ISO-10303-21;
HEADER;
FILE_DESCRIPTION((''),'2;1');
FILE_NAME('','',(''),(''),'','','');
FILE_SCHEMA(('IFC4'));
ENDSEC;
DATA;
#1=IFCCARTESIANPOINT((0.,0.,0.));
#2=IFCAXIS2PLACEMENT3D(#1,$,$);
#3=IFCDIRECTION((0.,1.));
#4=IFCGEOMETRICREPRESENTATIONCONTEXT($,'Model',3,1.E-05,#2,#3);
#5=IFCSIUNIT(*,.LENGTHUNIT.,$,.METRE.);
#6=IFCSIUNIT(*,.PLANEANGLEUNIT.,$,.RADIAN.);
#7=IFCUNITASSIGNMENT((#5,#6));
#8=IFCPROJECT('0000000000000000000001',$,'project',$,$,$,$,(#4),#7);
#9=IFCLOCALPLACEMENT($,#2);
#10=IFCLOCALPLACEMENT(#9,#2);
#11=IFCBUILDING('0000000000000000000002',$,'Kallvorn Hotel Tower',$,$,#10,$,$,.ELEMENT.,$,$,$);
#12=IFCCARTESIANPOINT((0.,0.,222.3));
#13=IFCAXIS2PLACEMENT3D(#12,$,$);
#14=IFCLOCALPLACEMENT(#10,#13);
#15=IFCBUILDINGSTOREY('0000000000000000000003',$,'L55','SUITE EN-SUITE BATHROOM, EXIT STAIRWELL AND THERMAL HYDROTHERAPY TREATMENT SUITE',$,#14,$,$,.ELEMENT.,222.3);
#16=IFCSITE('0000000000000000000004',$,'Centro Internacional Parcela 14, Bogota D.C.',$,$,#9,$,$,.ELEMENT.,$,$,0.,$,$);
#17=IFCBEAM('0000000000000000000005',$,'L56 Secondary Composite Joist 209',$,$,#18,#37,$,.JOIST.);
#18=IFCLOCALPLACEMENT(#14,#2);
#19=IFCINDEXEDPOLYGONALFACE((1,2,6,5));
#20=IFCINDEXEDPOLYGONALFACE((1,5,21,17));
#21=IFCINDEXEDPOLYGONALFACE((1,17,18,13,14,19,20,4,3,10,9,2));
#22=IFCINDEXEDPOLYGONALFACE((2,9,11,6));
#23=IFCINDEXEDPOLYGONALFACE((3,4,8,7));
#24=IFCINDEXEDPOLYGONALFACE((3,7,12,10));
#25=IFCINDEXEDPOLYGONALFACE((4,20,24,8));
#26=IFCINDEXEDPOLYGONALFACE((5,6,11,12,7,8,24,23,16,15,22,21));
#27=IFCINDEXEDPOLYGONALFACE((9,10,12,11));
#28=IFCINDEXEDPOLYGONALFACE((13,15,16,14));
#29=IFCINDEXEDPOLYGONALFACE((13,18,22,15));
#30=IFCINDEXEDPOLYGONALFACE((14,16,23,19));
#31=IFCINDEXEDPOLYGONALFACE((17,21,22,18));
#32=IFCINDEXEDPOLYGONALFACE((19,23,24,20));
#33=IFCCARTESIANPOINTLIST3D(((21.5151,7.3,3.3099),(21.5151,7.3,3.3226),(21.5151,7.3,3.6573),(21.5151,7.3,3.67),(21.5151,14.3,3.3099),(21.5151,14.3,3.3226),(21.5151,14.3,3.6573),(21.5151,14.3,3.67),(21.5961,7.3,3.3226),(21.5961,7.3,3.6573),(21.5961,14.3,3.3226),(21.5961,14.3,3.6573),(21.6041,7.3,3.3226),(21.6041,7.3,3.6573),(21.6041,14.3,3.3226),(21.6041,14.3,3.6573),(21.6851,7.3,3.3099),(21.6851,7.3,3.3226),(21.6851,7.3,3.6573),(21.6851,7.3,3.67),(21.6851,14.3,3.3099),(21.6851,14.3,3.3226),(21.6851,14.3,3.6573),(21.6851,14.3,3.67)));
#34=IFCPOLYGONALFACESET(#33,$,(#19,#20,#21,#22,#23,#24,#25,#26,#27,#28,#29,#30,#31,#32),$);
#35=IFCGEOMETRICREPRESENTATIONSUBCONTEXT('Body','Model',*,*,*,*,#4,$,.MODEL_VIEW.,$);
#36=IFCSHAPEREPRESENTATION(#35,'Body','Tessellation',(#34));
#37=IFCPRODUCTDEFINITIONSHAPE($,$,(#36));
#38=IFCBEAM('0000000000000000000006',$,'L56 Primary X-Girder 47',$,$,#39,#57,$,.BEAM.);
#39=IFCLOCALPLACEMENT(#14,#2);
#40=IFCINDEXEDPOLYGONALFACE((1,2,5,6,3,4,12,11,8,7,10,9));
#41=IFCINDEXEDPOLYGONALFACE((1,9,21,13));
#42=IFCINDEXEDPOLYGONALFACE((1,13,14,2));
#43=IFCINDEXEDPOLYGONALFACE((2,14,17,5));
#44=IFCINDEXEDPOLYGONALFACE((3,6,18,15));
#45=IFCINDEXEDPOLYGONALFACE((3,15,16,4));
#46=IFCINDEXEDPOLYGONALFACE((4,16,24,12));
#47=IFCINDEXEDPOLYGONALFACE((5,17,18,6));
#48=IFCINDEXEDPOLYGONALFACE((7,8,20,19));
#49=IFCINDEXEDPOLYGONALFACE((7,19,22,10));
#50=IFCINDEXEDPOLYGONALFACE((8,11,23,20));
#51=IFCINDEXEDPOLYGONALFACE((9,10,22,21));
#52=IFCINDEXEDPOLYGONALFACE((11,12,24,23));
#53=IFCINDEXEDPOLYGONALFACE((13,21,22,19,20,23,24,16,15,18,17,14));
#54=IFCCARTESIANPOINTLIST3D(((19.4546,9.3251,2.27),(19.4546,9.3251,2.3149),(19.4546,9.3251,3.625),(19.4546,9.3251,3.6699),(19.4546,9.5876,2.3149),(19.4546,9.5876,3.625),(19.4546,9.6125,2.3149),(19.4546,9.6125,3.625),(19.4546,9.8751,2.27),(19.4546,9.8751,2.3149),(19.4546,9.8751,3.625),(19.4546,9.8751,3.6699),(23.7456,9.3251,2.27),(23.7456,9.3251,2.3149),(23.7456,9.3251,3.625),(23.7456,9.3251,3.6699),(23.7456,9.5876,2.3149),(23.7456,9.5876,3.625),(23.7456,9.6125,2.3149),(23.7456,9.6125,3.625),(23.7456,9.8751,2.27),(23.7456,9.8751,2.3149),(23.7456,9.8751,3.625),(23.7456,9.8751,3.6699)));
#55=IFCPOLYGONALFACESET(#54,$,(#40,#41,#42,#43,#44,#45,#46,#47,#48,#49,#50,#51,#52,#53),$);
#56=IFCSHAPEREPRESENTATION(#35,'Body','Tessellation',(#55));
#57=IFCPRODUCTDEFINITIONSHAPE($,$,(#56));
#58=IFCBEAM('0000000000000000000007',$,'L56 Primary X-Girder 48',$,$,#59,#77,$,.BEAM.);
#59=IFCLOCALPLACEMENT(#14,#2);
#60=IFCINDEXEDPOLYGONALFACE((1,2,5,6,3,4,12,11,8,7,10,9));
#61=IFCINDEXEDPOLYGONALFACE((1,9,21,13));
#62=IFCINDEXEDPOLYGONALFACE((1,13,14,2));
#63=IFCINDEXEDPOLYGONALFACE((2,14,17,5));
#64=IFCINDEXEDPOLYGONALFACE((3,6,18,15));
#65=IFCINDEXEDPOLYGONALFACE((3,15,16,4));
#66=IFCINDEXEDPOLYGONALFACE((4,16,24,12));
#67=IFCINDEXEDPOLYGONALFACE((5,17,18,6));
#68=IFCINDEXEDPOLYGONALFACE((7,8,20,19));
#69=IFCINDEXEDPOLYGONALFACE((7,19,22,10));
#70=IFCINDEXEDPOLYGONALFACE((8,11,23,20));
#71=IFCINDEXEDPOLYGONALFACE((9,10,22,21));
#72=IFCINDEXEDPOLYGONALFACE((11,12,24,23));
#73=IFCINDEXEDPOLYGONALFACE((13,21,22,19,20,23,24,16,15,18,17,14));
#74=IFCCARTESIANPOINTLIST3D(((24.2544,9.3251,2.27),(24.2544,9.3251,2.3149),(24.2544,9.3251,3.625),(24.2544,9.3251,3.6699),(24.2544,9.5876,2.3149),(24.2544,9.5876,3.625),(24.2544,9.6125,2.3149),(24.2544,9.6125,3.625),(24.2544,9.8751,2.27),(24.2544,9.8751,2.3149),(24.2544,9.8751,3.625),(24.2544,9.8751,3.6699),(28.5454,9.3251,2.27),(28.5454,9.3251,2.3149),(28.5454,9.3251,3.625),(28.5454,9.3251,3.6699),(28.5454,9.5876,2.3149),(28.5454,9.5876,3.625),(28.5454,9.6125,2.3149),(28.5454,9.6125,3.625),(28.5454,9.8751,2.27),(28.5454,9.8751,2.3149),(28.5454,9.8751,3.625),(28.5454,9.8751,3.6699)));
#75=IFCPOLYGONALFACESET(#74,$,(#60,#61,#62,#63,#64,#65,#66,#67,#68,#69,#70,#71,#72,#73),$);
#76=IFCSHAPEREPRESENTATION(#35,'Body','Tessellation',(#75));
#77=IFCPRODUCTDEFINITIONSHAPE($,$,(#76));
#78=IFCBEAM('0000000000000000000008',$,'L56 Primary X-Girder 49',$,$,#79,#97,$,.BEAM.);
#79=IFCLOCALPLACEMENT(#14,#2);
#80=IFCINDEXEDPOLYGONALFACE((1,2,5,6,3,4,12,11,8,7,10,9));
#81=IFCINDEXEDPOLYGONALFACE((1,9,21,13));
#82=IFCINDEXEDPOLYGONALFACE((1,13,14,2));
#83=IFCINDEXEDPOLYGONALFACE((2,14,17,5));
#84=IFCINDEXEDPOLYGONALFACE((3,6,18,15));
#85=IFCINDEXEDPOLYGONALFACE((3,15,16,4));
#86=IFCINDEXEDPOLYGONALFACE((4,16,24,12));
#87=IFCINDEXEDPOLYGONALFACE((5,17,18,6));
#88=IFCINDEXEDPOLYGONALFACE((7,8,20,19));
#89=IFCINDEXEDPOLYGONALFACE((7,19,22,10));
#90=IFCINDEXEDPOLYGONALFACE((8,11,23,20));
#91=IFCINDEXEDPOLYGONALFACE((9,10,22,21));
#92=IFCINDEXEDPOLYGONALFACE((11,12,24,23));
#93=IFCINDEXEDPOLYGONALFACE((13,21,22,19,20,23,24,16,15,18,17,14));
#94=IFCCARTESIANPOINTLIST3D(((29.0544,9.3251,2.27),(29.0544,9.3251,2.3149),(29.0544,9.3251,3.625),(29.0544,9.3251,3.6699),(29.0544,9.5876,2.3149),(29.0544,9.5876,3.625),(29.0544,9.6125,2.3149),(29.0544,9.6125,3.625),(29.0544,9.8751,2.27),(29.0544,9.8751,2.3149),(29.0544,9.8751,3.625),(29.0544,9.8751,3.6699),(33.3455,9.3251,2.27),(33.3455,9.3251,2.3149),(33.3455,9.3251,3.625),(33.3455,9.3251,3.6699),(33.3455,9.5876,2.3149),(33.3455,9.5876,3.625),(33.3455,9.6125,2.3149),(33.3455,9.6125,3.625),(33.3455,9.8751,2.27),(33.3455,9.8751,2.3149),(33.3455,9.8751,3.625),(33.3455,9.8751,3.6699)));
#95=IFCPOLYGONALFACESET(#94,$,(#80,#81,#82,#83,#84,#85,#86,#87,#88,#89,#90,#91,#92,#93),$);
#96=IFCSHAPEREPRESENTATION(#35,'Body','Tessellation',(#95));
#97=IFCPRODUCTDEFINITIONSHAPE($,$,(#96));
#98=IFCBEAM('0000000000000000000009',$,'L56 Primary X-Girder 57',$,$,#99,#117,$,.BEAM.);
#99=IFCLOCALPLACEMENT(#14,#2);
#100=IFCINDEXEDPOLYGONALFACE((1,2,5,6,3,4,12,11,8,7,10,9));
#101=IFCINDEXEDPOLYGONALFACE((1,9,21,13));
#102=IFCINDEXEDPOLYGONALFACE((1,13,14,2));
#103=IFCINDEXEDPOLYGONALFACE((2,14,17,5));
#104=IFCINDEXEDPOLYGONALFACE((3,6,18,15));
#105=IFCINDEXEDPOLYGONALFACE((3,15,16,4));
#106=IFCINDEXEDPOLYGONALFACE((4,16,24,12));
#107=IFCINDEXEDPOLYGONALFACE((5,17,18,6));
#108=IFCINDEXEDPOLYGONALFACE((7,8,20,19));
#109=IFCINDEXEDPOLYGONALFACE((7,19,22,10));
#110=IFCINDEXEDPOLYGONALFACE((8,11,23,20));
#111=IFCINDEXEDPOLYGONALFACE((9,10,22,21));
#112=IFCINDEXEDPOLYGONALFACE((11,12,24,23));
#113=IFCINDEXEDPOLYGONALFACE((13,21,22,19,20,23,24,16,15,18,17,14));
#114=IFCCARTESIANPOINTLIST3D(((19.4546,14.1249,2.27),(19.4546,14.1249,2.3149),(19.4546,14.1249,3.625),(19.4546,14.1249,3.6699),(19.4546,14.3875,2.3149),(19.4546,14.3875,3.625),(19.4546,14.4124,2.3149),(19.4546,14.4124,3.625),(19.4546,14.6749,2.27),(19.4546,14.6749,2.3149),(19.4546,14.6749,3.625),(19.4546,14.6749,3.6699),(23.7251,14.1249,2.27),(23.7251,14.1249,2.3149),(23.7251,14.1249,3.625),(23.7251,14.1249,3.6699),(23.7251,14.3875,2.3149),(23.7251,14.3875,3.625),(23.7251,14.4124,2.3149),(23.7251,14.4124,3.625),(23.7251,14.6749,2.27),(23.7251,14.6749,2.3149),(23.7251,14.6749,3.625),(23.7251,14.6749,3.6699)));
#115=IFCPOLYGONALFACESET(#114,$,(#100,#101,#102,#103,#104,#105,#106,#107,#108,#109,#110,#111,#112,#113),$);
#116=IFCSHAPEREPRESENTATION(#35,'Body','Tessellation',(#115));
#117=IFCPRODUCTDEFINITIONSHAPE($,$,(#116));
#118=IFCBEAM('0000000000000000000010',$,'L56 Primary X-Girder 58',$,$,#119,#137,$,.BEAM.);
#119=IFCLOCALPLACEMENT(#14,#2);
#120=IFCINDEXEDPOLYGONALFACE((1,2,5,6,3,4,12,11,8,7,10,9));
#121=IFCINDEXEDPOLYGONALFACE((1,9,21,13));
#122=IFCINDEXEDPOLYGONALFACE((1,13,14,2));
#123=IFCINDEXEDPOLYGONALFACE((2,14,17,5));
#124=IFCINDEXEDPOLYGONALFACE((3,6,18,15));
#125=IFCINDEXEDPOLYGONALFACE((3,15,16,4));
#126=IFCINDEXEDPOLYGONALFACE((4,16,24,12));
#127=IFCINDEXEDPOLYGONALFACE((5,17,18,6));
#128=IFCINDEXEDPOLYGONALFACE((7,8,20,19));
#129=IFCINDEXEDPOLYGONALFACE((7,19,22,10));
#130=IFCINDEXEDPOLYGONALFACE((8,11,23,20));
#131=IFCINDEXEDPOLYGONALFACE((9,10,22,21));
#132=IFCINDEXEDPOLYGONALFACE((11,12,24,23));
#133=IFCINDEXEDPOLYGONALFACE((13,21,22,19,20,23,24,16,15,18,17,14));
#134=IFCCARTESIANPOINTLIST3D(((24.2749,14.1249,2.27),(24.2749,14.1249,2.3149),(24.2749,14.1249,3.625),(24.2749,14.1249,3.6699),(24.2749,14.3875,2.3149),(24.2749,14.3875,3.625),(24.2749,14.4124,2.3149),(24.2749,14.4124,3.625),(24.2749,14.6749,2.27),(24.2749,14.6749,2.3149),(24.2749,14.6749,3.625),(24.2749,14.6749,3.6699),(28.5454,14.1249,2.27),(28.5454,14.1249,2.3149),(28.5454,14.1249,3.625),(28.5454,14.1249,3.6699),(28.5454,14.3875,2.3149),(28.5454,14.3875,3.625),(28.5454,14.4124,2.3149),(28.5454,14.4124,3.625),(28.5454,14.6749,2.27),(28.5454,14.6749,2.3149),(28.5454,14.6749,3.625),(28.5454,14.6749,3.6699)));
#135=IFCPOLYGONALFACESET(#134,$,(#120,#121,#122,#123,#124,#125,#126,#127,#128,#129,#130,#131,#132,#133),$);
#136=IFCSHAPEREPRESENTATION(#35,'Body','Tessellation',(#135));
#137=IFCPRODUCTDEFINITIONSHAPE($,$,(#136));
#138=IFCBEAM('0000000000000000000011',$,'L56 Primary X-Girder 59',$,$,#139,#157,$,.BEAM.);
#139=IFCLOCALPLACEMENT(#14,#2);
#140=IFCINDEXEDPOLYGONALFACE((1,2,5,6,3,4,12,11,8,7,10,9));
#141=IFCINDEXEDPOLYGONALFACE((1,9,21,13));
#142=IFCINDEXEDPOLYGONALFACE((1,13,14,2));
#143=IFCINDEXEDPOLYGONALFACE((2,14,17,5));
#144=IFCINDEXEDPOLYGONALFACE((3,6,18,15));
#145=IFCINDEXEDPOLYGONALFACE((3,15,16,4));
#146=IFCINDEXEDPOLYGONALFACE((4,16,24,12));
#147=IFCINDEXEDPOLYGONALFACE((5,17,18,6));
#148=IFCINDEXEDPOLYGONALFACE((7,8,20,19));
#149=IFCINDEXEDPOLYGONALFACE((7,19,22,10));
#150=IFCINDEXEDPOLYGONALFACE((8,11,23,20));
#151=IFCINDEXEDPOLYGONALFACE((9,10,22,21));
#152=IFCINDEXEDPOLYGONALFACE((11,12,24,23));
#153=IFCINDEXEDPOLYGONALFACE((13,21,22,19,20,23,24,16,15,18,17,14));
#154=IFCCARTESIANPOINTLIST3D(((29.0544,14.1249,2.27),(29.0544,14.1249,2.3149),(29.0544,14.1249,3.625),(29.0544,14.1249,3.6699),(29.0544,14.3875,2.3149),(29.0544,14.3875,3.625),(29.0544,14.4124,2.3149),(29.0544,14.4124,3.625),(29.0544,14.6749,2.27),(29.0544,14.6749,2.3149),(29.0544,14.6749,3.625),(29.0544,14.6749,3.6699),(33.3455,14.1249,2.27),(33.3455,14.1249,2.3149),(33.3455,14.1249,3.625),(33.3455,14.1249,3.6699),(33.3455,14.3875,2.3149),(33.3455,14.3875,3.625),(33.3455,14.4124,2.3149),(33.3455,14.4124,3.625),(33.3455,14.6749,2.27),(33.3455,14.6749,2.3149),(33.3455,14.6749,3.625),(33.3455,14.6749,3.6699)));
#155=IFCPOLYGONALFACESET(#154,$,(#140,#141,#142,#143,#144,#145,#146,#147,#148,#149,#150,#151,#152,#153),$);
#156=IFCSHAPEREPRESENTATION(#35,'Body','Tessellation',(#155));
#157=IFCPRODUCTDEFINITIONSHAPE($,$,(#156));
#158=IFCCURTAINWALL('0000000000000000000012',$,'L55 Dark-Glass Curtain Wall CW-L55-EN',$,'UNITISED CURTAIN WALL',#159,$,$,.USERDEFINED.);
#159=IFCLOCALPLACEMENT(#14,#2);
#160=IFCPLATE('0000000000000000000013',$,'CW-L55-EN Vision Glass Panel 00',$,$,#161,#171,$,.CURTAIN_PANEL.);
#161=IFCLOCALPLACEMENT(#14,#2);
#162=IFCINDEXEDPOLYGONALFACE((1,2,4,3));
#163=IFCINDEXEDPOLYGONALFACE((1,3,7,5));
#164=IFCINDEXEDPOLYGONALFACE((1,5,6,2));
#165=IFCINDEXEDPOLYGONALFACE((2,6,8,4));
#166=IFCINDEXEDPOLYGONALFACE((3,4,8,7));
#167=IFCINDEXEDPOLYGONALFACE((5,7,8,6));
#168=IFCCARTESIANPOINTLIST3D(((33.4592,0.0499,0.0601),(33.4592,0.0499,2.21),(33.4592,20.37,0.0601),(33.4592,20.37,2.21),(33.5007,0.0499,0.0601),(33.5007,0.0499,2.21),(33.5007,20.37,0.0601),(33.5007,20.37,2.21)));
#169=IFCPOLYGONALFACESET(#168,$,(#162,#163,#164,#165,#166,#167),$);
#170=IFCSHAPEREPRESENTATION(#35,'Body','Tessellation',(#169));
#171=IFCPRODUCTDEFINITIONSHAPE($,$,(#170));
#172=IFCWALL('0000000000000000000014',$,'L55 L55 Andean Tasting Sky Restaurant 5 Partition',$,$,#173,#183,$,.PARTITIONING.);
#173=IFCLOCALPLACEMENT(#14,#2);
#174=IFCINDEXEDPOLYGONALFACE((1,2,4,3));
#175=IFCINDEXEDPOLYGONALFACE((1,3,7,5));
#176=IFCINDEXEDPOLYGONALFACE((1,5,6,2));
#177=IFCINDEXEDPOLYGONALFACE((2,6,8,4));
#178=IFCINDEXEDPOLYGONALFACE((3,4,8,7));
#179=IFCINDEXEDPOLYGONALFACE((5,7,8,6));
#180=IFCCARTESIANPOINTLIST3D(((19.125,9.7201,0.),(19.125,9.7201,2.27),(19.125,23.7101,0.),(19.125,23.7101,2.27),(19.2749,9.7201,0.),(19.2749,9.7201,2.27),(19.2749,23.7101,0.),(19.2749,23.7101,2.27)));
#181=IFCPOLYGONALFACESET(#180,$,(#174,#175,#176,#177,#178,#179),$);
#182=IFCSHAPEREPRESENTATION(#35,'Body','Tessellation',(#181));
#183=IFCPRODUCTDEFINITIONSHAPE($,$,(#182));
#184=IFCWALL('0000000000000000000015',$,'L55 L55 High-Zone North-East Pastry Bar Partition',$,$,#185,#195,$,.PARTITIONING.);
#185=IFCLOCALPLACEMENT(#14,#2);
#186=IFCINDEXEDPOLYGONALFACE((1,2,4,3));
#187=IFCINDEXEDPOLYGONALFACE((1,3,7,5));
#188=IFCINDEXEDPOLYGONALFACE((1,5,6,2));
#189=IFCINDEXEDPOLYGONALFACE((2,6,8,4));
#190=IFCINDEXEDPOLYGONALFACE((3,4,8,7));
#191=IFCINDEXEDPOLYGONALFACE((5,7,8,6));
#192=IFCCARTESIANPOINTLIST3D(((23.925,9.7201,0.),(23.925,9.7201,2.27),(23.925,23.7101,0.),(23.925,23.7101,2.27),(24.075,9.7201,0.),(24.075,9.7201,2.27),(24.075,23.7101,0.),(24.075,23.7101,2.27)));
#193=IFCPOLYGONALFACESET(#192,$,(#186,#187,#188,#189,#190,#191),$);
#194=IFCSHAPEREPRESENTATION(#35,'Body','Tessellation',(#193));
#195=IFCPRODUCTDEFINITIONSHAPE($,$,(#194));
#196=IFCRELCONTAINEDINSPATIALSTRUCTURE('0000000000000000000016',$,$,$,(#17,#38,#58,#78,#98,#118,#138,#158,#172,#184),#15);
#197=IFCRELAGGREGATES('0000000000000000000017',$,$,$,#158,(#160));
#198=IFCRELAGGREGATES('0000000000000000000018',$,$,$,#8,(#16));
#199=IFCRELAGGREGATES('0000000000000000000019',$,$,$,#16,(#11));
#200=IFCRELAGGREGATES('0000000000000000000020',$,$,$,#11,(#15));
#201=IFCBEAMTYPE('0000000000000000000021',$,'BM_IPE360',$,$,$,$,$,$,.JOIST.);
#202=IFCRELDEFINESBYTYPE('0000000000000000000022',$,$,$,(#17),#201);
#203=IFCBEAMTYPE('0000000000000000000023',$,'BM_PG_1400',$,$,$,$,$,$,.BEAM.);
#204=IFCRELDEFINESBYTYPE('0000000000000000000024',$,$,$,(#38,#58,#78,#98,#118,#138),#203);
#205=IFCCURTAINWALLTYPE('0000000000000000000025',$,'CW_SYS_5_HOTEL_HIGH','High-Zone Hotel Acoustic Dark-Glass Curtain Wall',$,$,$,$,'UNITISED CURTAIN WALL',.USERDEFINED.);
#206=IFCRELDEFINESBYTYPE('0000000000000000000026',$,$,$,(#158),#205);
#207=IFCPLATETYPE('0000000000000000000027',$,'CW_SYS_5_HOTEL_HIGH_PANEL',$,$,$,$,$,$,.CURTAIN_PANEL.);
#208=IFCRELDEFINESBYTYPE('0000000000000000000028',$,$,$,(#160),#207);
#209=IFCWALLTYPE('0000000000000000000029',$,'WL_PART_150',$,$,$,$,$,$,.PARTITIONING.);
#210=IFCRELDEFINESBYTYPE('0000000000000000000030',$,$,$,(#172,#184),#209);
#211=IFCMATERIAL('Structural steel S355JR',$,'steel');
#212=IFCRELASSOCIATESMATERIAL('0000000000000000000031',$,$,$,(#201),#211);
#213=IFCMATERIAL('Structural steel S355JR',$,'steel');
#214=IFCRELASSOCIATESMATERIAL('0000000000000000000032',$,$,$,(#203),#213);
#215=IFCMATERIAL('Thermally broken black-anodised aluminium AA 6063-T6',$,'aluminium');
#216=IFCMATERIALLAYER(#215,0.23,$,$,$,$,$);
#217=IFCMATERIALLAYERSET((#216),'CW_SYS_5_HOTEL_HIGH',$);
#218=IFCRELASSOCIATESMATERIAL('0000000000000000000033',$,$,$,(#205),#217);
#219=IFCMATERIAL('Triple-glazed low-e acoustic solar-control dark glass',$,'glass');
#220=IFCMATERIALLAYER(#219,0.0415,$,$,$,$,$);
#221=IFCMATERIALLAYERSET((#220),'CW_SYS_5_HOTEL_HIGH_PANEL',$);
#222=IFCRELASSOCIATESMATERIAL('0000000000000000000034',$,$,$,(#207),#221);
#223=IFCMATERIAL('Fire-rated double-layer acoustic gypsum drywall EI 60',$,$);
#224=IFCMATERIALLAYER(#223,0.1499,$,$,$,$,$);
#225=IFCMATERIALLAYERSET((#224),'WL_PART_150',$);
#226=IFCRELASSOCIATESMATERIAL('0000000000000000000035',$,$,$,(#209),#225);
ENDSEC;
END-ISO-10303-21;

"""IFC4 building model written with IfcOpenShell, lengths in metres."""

from ifc_helpers import new_model, si_unit, direction, frame, frame_2d, origin, origin_2d, place, context, subcontext, project, spatial, rectangle, i_section, extrude, material, layer, layer_set, material_profile, profile_set, type_object, element, aggregate, save


model = new_model("IFC4")

# Units and contexts
model_context = context("Model", 3, precision=1e-05, world=origin(), true_north=direction((0.0, 1.0)))
body_context = subcontext(model_context, "Body", "Model", "MODEL_VIEW")
ifc_project = project(units=[si_unit("LENGTHUNIT", "METRE"), si_unit("PLANEANGLEUNIT", "RADIAN")], contexts=[model_context])

# Site, building, storey
site_placement = place(None, origin())
site = spatial("IfcSite", under=ifc_project, at=site_placement, Name="Centro Internacional Parcela 14, Bogota D.C.", CompositionType="ELEMENT", RefElevation=0.0)
building_placement = place(site_placement, origin())
building = spatial("IfcBuilding", under=site, at=building_placement, Name="Kallvorn Hotel Tower", CompositionType="ELEMENT")
storey_placement = place(building_placement, frame((0.0, 0.0, 222.3)))
storey = spatial("IfcBuildingStorey", under=building, at=storey_placement, Name="L55", Description="SUITE EN-SUITE BATHROOM, EXIT STAIRWELL AND THERMAL HYDROTHERAPY TREATMENT SUITE", CompositionType="ELEMENT", Elevation=222.3)

# Beams
ifc_material_1 = material(Name="Structural steel S355JR", Category="steel")
ifc_material_profile_1 = material_profile(ifc_material_1, i_section(OverallWidth=0.1699, OverallDepth=0.3601, WebThickness=0.0081, FlangeThickness=0.0127, at=origin_2d()), Name="IPE 360")
ifc_profile_set_1 = profile_set([ifc_material_profile_1], Name="Structural steel S355JR")
beam_type_1 = type_object("IfcBeamType", Name="BM_IPE360", PredefinedType="JOIST", material=ifc_profile_set_1)
beam_1_placement = place(storey_placement, frame((21.6001, 7.3, 3.49), z_axis=(0.0, 1.0, 0.0), x_axis=(-1.0, 0.0, 0.0)))
element("IfcBeam", 1, at=beam_1_placement, inside=storey, type_object=beam_type_1, Name="L56 Secondary Composite Joist 209", PredefinedType="JOIST", context=body_context, shape_type="SweptSolid", body=[
    extrude(i_section(OverallWidth=0.1699, OverallDepth=0.3601, WebThickness=0.0081, FlangeThickness=0.0127, at=origin_2d()), origin(), (0.0, 0.0, 1.0), 7.0),
])
ifc_material_2 = material(Name="Structural steel S355JR", Category="steel")
ifc_material_profile_2 = material_profile(ifc_material_2, i_section(OverallWidth=0.55, OverallDepth=1.3999, WebThickness=0.0249, FlangeThickness=0.0449, at=origin_2d()), Name="PG 1400x550x25x45")
ifc_profile_set_2 = profile_set([ifc_material_profile_2], Name="Structural steel S355JR")
beam_type_2 = type_object("IfcBeamType", Name="BM_PG_1400", PredefinedType="BEAM", material=ifc_profile_set_2)
for number, where, z_axis, x_axis, name in (
    (2, (19.4546, 9.6001, 2.97), (1.0, 0.0, 0.0), (0.0, 1.0, 0.0), "L56 Primary X-Girder 47"),
    (3, (24.2544, 9.6001, 2.97), (1.0, 0.0, 0.0), (0.0, 1.0, 0.0), "L56 Primary X-Girder 48"),
    (4, (29.0544, 9.6001, 2.97), (1.0, 0.0, 0.0), (0.0, 1.0, 0.0), "L56 Primary X-Girder 49"),
):
    element("IfcBeam", number, at=place(storey_placement, frame(where, z_axis=z_axis, x_axis=x_axis)), inside=storey, type_object=beam_type_2, Name=name, PredefinedType="BEAM", context=body_context, shape_type="SweptSolid", body=[
        extrude(i_section(OverallWidth=0.55, OverallDepth=1.3999, WebThickness=0.0249, FlangeThickness=0.0449, at=origin_2d()), origin(), (0.0, 0.0, 1.0), 4.291),
    ])
for number, where, z_axis, x_axis, name in (
    (5, (19.4546, 14.3999, 2.97), (1.0, 0.0, 0.0), (0.0, 1.0, 0.0), "L56 Primary X-Girder 57"),
    (6, (24.2749, 14.3999, 2.97), (1.0, 0.0, 0.0), (0.0, 1.0, 0.0), "L56 Primary X-Girder 58"),
):
    element("IfcBeam", number, at=place(storey_placement, frame(where, z_axis=z_axis, x_axis=x_axis)), inside=storey, type_object=beam_type_2, Name=name, PredefinedType="BEAM", context=body_context, shape_type="SweptSolid", body=[
        extrude(i_section(OverallWidth=0.55, OverallDepth=1.3999, WebThickness=0.0249, FlangeThickness=0.0449, at=origin_2d()), origin(), (0.0, 0.0, 1.0), 4.2705),
    ])
beam_2_placement = place(storey_placement, frame((29.0544, 14.3999, 2.97), z_axis=(1.0, 0.0, 0.0), x_axis=(0.0, 1.0, 0.0)))
element("IfcBeam", 7, at=beam_2_placement, inside=storey, type_object=beam_type_2, Name="L56 Primary X-Girder 59", PredefinedType="BEAM", context=body_context, shape_type="SweptSolid", body=[
    extrude(i_section(OverallWidth=0.55, OverallDepth=1.3999, WebThickness=0.0249, FlangeThickness=0.0449, at=origin_2d()), origin(), (0.0, 0.0, 1.0), 4.291),
])

# Curtain wall, plate
ifc_material_3 = material(Name="Thermally broken black-anodised aluminium AA 6063-T6", Category="aluminium")
ifc_layer_1 = layer(ifc_material_3, 0.23)
ifc_layer_set_1 = layer_set([ifc_layer_1], Name="CW_SYS_5_HOTEL_HIGH")
curtain_wall_type = type_object("IfcCurtainWallType", Name="CW_SYS_5_HOTEL_HIGH", Description="High-Zone Hotel Acoustic Dark-Glass Curtain Wall", ElementType="UNITISED CURTAIN WALL", PredefinedType="USERDEFINED", material=ifc_layer_set_1)
curtain_wall_placement = place(storey_placement, origin())
curtain_wall = element("IfcCurtainWall", 8, at=curtain_wall_placement, inside=storey, type_object=curtain_wall_type, Name="L55 Dark-Glass Curtain Wall CW-L55-EN", ObjectType="UNITISED CURTAIN WALL", PredefinedType="USERDEFINED")
ifc_material_4 = material(Name="Triple-glazed low-e acoustic solar-control dark glass", Category="glass")
ifc_layer_2 = layer(ifc_material_4, 0.0415)
ifc_layer_set_2 = layer_set([ifc_layer_2], Name="CW_SYS_5_HOTEL_HIGH_PANEL")
plate_type = type_object("IfcPlateType", Name="CW_SYS_5_HOTEL_HIGH_PANEL", PredefinedType="CURTAIN_PANEL", material=ifc_layer_set_2)
plate_placement = place(storey_placement, frame((33.48, 10.21, 0.0601), z_axis=(0.0, 0.0, 1.0), x_axis=(0.0, 1.0, 0.0)))
plate = element("IfcPlate", 9, at=plate_placement, type_object=plate_type, Name="CW-L55-EN Vision Glass Panel 00", PredefinedType="CURTAIN_PANEL", context=body_context, shape_type="SweptSolid", body=[
    extrude(rectangle(XDim=20.3201, YDim=0.0415, at=origin_2d()), origin(), (0.0, 0.0, 1.0), 2.1499),
])
aggregate(curtain_wall, [plate])

# Walls
ifc_material_5 = material(Name="Fire-rated double-layer acoustic gypsum drywall EI 60")
ifc_layer_3 = layer(ifc_material_5, 0.1499)
ifc_layer_set_3 = layer_set([ifc_layer_3], Name="WL_PART_150")
wall_type = type_object("IfcWallType", Name="WL_PART_150", PredefinedType="PARTITIONING", material=ifc_layer_set_3)
for number, where, z_axis, x_axis, name in (
    (10, (19.2, 9.72, 0.0), (0.0, 0.0, 1.0), (0.0, 1.0, 0.0), "L55 L55 Andean Tasting Sky Restaurant 5 Partition"),
    (11, (24.0, 9.72, 0.0), (0.0, 0.0, 1.0), (0.0, 1.0, 0.0), "L55 L55 High-Zone North-East Pastry Bar Partition"),
):
    element("IfcWall", number, at=place(storey_placement, frame(where, z_axis=z_axis, x_axis=x_axis)), inside=storey, type_object=wall_type, Name=name, PredefinedType="PARTITIONING", context=body_context, shape_type="SweptSolid", body=[
        extrude(rectangle(XDim=13.99, YDim=0.1499, at=frame_2d((6.9951, 0.0))), origin(), (0.0, 0.0, 1.0), 2.27),
    ])

save(model, "model.ifc")
